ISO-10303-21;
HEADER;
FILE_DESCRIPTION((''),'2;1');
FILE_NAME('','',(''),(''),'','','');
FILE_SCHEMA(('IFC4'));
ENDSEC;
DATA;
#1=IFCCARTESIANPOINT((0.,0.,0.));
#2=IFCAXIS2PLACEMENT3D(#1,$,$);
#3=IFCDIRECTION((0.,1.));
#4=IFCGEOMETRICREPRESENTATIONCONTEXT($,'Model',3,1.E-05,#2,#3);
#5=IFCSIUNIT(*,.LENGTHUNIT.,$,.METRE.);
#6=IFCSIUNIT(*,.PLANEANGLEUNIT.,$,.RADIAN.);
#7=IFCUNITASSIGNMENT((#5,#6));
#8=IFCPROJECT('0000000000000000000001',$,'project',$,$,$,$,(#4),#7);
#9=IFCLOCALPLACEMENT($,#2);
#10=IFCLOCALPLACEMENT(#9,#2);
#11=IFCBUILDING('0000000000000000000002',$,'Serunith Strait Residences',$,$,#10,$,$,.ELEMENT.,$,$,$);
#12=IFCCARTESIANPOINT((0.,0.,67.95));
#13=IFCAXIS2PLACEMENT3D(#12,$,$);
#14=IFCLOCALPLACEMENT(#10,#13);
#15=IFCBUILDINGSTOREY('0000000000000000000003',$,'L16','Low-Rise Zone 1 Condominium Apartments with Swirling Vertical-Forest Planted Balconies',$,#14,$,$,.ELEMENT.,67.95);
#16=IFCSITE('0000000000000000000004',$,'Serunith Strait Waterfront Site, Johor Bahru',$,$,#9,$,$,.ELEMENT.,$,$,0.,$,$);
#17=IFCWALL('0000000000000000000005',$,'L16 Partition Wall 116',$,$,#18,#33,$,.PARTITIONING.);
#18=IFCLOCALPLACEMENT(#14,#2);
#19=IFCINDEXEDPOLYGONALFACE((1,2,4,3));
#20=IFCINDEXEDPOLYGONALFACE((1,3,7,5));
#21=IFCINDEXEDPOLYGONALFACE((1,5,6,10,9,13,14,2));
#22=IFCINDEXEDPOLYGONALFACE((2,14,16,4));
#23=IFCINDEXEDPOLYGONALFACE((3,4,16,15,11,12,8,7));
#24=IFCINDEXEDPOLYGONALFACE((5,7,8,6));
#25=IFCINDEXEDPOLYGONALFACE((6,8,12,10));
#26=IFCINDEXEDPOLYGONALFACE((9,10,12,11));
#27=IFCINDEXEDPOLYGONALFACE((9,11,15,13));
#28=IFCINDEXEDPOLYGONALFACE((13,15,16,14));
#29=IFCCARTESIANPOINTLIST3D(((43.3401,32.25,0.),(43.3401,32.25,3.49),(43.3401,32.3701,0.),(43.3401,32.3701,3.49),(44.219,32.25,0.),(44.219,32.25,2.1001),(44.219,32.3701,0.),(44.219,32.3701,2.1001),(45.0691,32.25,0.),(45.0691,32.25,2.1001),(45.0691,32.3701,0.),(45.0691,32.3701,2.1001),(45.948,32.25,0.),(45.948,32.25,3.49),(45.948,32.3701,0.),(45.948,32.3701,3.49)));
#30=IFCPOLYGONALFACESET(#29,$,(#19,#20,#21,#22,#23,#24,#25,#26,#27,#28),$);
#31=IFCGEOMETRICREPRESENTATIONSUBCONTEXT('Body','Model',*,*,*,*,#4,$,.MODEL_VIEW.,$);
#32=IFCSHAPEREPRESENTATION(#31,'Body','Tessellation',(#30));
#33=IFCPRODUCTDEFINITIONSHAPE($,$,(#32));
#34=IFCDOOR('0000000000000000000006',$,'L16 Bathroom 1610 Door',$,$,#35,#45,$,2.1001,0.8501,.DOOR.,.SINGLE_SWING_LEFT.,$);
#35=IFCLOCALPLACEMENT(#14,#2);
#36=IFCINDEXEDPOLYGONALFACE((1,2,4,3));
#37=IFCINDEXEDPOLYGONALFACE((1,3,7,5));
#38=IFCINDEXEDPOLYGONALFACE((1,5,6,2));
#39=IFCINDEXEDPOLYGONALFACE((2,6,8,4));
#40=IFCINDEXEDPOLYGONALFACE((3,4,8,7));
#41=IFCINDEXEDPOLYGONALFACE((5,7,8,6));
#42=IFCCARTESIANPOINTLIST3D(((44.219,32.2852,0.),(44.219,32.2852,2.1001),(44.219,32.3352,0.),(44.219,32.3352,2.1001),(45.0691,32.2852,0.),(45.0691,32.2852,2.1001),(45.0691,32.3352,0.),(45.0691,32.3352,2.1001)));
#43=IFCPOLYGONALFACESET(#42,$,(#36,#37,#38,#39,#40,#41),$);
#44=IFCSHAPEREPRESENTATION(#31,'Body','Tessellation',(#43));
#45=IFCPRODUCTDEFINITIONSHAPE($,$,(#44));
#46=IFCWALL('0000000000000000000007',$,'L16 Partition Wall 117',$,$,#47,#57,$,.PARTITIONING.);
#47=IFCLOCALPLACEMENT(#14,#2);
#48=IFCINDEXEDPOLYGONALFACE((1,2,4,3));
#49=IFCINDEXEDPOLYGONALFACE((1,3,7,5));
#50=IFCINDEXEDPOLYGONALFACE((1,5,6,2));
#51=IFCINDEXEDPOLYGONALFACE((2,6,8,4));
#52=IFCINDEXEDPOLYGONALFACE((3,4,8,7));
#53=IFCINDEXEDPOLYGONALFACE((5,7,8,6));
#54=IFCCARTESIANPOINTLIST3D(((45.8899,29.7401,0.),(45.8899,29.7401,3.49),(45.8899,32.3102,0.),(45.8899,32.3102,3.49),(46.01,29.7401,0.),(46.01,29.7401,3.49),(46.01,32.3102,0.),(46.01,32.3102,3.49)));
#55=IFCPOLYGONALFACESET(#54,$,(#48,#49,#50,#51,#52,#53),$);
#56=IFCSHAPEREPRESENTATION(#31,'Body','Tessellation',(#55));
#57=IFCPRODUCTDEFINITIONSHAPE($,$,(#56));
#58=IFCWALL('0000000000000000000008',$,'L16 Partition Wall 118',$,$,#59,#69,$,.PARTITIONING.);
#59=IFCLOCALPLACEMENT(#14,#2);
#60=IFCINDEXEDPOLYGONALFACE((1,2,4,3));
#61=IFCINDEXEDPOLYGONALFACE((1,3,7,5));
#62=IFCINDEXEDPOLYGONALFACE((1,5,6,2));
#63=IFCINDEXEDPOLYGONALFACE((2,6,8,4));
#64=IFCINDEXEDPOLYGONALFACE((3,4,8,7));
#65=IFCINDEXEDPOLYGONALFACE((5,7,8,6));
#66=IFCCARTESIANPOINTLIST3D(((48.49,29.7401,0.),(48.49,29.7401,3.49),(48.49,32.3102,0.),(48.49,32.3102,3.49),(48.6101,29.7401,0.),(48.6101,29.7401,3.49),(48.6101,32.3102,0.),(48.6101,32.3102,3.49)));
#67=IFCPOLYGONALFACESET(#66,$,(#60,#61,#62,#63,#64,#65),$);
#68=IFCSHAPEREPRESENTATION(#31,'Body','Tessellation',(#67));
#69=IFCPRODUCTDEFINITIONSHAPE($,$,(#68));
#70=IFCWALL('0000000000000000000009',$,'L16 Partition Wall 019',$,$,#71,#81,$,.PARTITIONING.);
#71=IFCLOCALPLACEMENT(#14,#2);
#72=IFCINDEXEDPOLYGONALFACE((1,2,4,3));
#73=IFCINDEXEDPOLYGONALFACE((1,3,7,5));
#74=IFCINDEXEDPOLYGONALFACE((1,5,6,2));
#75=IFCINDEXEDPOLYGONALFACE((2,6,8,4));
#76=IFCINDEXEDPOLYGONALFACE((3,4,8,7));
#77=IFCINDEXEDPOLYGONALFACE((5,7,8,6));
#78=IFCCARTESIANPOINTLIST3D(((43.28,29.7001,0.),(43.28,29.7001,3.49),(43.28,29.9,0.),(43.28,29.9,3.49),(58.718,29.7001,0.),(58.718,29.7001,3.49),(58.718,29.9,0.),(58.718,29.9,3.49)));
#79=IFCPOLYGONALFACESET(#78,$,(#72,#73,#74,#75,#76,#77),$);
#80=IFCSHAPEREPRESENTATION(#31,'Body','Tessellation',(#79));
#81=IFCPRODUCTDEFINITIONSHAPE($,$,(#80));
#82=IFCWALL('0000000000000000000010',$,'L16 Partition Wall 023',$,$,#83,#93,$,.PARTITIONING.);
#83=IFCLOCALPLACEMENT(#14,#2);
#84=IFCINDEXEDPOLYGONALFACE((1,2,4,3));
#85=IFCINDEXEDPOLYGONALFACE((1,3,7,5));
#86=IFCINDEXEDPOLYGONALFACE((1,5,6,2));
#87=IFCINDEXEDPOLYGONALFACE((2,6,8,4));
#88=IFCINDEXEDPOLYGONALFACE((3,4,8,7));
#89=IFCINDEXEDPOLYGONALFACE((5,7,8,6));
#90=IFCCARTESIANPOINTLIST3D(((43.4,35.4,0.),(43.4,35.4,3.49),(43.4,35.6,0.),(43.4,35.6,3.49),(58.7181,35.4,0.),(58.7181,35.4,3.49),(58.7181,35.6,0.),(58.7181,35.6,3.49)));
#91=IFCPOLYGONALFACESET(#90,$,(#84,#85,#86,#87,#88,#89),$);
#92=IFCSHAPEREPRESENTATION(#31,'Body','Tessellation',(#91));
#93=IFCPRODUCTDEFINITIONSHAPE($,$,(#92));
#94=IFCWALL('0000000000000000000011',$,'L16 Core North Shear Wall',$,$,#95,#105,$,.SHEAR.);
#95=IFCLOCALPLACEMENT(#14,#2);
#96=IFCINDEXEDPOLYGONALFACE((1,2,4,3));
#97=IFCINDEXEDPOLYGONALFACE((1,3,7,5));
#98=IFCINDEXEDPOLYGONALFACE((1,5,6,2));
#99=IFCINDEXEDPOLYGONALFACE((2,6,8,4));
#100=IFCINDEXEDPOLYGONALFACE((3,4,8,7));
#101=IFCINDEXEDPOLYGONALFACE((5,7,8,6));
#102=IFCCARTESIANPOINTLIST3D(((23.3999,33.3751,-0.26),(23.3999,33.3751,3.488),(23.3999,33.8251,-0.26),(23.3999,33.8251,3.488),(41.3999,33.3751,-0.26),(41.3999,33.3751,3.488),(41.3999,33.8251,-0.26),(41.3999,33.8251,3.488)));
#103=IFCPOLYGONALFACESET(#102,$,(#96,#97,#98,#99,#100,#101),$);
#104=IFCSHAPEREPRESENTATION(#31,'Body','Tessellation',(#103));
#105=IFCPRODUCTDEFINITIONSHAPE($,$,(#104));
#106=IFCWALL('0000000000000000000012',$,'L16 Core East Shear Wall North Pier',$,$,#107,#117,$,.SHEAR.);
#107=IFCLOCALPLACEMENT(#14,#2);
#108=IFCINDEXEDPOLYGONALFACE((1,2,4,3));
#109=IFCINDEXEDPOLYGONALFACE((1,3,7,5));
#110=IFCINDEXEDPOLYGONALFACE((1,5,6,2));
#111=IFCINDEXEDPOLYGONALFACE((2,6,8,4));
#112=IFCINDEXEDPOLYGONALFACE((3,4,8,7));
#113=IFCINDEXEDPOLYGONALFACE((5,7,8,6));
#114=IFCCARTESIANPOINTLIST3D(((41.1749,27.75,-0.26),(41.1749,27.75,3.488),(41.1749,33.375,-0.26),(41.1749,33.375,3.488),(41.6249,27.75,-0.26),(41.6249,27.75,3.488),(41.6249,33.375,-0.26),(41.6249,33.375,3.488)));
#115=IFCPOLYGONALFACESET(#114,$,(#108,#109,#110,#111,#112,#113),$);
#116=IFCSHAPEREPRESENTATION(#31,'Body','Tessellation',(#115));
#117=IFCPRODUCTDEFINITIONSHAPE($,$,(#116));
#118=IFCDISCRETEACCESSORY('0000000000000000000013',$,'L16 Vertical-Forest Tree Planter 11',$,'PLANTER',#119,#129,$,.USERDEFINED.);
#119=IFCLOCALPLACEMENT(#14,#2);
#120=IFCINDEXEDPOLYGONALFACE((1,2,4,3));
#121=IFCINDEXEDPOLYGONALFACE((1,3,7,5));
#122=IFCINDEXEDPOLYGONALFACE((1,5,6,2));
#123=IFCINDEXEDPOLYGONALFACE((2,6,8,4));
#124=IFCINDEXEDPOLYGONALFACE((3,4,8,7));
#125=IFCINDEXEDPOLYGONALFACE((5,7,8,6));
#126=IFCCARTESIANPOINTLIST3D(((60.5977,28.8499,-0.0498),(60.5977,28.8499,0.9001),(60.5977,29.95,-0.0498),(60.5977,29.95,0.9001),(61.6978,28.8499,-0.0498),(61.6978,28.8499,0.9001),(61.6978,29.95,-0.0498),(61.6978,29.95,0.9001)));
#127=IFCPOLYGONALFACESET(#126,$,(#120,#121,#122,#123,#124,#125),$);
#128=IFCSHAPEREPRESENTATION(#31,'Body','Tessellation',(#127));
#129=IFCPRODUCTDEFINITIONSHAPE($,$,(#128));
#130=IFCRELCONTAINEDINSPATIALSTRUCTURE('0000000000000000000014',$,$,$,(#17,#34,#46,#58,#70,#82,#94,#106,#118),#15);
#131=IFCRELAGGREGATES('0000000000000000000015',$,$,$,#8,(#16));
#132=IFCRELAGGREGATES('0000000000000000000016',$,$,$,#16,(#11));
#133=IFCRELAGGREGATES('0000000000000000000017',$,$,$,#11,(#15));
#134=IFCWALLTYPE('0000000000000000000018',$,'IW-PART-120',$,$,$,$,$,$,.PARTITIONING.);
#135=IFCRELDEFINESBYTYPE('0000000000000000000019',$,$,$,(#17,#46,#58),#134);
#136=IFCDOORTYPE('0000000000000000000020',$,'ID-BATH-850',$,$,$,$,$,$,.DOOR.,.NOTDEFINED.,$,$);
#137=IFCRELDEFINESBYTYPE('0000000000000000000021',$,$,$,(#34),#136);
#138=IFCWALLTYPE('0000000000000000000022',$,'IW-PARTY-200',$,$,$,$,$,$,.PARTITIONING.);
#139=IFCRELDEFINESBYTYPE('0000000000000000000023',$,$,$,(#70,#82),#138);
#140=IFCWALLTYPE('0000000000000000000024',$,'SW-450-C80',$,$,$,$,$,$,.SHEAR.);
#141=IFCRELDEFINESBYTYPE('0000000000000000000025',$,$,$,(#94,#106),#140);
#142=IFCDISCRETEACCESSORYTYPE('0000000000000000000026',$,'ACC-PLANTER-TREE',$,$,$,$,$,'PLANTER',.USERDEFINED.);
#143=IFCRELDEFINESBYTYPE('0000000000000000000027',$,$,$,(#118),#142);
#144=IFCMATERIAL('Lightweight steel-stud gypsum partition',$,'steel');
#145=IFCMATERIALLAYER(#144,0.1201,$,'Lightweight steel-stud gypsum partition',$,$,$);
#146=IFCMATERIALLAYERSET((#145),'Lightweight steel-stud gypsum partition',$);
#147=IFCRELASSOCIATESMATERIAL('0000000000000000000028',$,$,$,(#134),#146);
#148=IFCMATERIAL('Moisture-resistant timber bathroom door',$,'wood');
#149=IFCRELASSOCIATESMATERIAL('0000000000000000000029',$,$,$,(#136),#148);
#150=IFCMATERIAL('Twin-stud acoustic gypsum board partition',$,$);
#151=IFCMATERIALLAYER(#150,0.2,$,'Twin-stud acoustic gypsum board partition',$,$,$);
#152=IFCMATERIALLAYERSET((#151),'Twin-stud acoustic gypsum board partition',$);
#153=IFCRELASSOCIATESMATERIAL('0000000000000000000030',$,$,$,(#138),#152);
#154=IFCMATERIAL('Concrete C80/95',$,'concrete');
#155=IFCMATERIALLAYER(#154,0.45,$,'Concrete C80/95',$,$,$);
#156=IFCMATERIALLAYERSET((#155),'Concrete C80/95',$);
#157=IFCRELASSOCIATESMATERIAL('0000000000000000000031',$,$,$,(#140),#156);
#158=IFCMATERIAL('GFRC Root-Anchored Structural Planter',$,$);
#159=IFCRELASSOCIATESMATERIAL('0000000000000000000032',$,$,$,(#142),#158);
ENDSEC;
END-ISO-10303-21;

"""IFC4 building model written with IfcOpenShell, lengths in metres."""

from ifc_helpers import new_model, si_unit, direction, frame, frame_2d, origin, origin_2d, place, context, subcontext, project, spatial, rectangle, extrude, source, transform, mapped, material, layer, layer_set, type_object, element, fill, save


model = new_model("IFC4")

# Units and contexts
model_context = context("Model", 3, precision=1e-05, world=origin(), true_north=direction((0.0, 1.0)))
body_context = subcontext(model_context, "Body", "Model", "MODEL_VIEW")
ifc_project = project(units=[si_unit("LENGTHUNIT", "METRE"), si_unit("PLANEANGLEUNIT", "RADIAN")], contexts=[model_context])

# Site, building, storey
site_placement = place(None, origin())
site = spatial("IfcSite", under=ifc_project, at=site_placement, Name="Serunith Strait Waterfront Site, Johor Bahru", CompositionType="ELEMENT", RefElevation=0.0)
building_placement = place(site_placement, origin())
building = spatial("IfcBuilding", under=site, at=building_placement, Name="Serunith Strait Residences", CompositionType="ELEMENT")
storey_placement = place(building_placement, frame((0.0, 0.0, 67.95)))
storey = spatial("IfcBuildingStorey", under=building, at=storey_placement, Name="L16", Description="Low-Rise Zone 1 Condominium Apartments with Swirling Vertical-Forest Planted Balconies", CompositionType="ELEMENT", Elevation=67.95)

# Wall, opening, door
ifc_material_1 = material(Name="Lightweight steel-stud gypsum partition", Category="steel")
ifc_layer_1 = layer(ifc_material_1, 0.1201, Name="Lightweight steel-stud gypsum partition")
ifc_layer_set_1 = layer_set([ifc_layer_1], Name="Lightweight steel-stud gypsum partition")
wall_type_1 = type_object("IfcWallType", Name="IW-PART-120", PredefinedType="PARTITIONING", material=ifc_layer_set_1)
shared_shape_1 = source(origin(), body_context, "Body", "SweptSolid", [
    extrude(rectangle(XDim=0.8501, YDim=2.1001, at=frame_2d((0.425, 1.05))), frame((0.0, 0.0249, 0.0), z_axis=(0.0, -1.0, 0.0), x_axis=(1.0, 0.0, 0.0)), (0.0, 0.0, 1.0), 0.05),
])
wall_1_placement = place(storey_placement, frame((45.948, 32.3101, 0.0), z_axis=(0.0, 0.0, 1.0), x_axis=(-1.0, 0.0, 0.0)))
wall_1 = element("IfcWall", 1, at=wall_1_placement, inside=storey, type_object=wall_type_1, Name="L16 Partition Wall 116", PredefinedType="PARTITIONING", context=body_context, shape_type="SweptSolid", body=[
    extrude(rectangle(XDim=2.6079, YDim=0.1201, at=frame_2d((1.304, 0.0))), origin(), (0.0, 0.0, 1.0), 3.49),
])
opening_1_placement = place(wall_1_placement, frame((0.8789, 0.0, 0.0)))
opening_1 = element("IfcOpeningElement", 2, at=opening_1_placement, cuts=wall_1, PredefinedType="OPENING", context=body_context, shape_type="SweptSolid", body=[
    extrude(rectangle(XDim=0.8501, YDim=2.1001, at=frame_2d((0.425, 1.05))), frame((0.0, 0.0701, 0.0), z_axis=(0.0, -1.0, 0.0), x_axis=(1.0, 0.0, 0.0)), (0.0, 0.0, 1.0), 0.1401),
])
ifc_material_2 = material(Name="Moisture-resistant timber bathroom door", Category="wood")
door_type_1 = type_object("IfcDoorType", Name="ID-BATH-850", OperationType="NOTDEFINED", PredefinedType="DOOR", material=ifc_material_2)
door_1_placement = place(opening_1_placement, origin())
door_1 = element("IfcDoor", 3, at=door_1_placement, inside=storey, type_object=door_type_1, Name="L16 Bathroom 1610 Door", OperationType="SINGLE_SWING_LEFT", OverallHeight=2.1001, OverallWidth=0.8501, PredefinedType="DOOR", context=body_context, shape_type="MappedRepresentation", body=[
    mapped(shared_shape_1, transform((0.0, 0.0, 0.0), scale=1.0)),
])
fill(opening_1, door_1)

# Walls
for number, where, z_axis, x_axis, name in (
    (4, (45.95, 29.74, 0.0), (0.0, 0.0, 1.0), (0.0, 1.0, 0.0), "L16 Partition Wall 117"),
    (5, (48.55, 29.74, 0.0), (0.0, 0.0, 1.0), (0.0, 1.0, 0.0), "L16 Partition Wall 118"),
):
    element("IfcWall", number, at=place(storey_placement, frame(where, z_axis=z_axis, x_axis=x_axis)), inside=storey, type_object=wall_type_1, Name=name, PredefinedType="PARTITIONING", context=body_context, shape_type="SweptSolid", body=[
        extrude(rectangle(XDim=2.5701, YDim=0.1201, at=frame_2d((1.2852, 0.0))), origin(), (0.0, 0.0, 1.0), 3.49),
    ])
ifc_material_3 = material(Name="Twin-stud acoustic gypsum board partition")
ifc_layer_2 = layer(ifc_material_3, 0.2, Name="Twin-stud acoustic gypsum board partition")
ifc_layer_set_2 = layer_set([ifc_layer_2], Name="Twin-stud acoustic gypsum board partition")
wall_type_2 = type_object("IfcWallType", Name="IW-PARTY-200", PredefinedType="PARTITIONING", material=ifc_layer_set_2)
wall_2_placement = place(storey_placement, frame((43.28, 29.8, 0.0), z_axis=(0.0, 0.0, 1.0), x_axis=(1.0, 0.0, 0.0)))
element("IfcWall", 6, at=wall_2_placement, inside=storey, type_object=wall_type_2, Name="L16 Partition Wall 019", PredefinedType="PARTITIONING", context=body_context, shape_type="SweptSolid", body=[
    extrude(rectangle(XDim=15.438, YDim=0.2, at=frame_2d((7.719, 0.0))), origin(), (0.0, 0.0, 1.0), 3.49),
])
wall_3_placement = place(storey_placement, frame((43.3999, 35.5, 0.0), z_axis=(0.0, 0.0, 1.0), x_axis=(1.0, 0.0, 0.0)))
element("IfcWall", 7, at=wall_3_placement, inside=storey, type_object=wall_type_2, Name="L16 Partition Wall 023", PredefinedType="PARTITIONING", context=body_context, shape_type="SweptSolid", body=[
    extrude(rectangle(XDim=15.3181, YDim=0.2, at=frame_2d((7.6592, 0.0))), origin(), (0.0, 0.0, 1.0), 3.49),
])

# Walls
ifc_material_4 = material(Name="Concrete C80/95", Category="concrete")
ifc_layer_3 = layer(ifc_material_4, 0.45, Name="Concrete C80/95")
ifc_layer_set_3 = layer_set([ifc_layer_3], Name="Concrete C80/95")
wall_type_3 = type_object("IfcWallType", Name="SW-450-C80", PredefinedType="SHEAR", material=ifc_layer_set_3)
wall_4_placement = place(storey_placement, frame((41.3999, 33.6001, -0.26), z_axis=(0.0, 0.0, 1.0), x_axis=(-1.0, 0.0, 0.0)))
element("IfcWall", 8, at=wall_4_placement, inside=storey, type_object=wall_type_3, Name="L16 Core North Shear Wall", PredefinedType="SHEAR", context=body_context, shape_type="SweptSolid", body=[
    extrude(rectangle(XDim=18.0, YDim=0.45, at=frame_2d((9.0, 0.0))), origin(), (0.0, 0.0, 1.0), 3.748),
])
wall_5_placement = place(storey_placement, frame((41.3999, 27.75, -0.26), z_axis=(0.0, 0.0, 1.0), x_axis=(0.0, 1.0, 0.0)))
element("IfcWall", 9, at=wall_5_placement, inside=storey, type_object=wall_type_3, Name="L16 Core East Shear Wall North Pier", PredefinedType="SHEAR", context=body_context, shape_type="SweptSolid", body=[
    extrude(rectangle(XDim=5.625, YDim=0.45, at=frame_2d((2.8125, 0.0))), origin(), (0.0, 0.0, 1.0), 3.748),
])

# Discrete accessory
ifc_material_5 = material(Name="GFRC Root-Anchored Structural Planter")
discrete_accessory_type = type_object("IfcDiscreteAccessoryType", Name="ACC-PLANTER-TREE", ElementType="PLANTER", PredefinedType="USERDEFINED", material=ifc_material_5)
shared_shape_2 = source(origin(), body_context, "Body", "SweptSolid", [
    extrude(rectangle(XDim=1.1001, YDim=1.1001, at=origin_2d()), origin(), (0.0, 0.0, 1.0), 0.95),
])
discrete_accessory_placement = place(storey_placement, frame((61.1477, 29.3999, -0.0498), z_axis=(0.0, 0.0, 1.0), x_axis=(0.0, 1.0, 0.0)))
element("IfcDiscreteAccessory", 10, at=discrete_accessory_placement, inside=storey, type_object=discrete_accessory_type, Name="L16 Vertical-Forest Tree Planter 11", ObjectType="PLANTER", PredefinedType="USERDEFINED", context=body_context, shape_type="MappedRepresentation", body=[
    mapped(shared_shape_2, transform((0.0, 0.0, 0.0), scale=1.0)),
])

save(model, "model.ifc")
